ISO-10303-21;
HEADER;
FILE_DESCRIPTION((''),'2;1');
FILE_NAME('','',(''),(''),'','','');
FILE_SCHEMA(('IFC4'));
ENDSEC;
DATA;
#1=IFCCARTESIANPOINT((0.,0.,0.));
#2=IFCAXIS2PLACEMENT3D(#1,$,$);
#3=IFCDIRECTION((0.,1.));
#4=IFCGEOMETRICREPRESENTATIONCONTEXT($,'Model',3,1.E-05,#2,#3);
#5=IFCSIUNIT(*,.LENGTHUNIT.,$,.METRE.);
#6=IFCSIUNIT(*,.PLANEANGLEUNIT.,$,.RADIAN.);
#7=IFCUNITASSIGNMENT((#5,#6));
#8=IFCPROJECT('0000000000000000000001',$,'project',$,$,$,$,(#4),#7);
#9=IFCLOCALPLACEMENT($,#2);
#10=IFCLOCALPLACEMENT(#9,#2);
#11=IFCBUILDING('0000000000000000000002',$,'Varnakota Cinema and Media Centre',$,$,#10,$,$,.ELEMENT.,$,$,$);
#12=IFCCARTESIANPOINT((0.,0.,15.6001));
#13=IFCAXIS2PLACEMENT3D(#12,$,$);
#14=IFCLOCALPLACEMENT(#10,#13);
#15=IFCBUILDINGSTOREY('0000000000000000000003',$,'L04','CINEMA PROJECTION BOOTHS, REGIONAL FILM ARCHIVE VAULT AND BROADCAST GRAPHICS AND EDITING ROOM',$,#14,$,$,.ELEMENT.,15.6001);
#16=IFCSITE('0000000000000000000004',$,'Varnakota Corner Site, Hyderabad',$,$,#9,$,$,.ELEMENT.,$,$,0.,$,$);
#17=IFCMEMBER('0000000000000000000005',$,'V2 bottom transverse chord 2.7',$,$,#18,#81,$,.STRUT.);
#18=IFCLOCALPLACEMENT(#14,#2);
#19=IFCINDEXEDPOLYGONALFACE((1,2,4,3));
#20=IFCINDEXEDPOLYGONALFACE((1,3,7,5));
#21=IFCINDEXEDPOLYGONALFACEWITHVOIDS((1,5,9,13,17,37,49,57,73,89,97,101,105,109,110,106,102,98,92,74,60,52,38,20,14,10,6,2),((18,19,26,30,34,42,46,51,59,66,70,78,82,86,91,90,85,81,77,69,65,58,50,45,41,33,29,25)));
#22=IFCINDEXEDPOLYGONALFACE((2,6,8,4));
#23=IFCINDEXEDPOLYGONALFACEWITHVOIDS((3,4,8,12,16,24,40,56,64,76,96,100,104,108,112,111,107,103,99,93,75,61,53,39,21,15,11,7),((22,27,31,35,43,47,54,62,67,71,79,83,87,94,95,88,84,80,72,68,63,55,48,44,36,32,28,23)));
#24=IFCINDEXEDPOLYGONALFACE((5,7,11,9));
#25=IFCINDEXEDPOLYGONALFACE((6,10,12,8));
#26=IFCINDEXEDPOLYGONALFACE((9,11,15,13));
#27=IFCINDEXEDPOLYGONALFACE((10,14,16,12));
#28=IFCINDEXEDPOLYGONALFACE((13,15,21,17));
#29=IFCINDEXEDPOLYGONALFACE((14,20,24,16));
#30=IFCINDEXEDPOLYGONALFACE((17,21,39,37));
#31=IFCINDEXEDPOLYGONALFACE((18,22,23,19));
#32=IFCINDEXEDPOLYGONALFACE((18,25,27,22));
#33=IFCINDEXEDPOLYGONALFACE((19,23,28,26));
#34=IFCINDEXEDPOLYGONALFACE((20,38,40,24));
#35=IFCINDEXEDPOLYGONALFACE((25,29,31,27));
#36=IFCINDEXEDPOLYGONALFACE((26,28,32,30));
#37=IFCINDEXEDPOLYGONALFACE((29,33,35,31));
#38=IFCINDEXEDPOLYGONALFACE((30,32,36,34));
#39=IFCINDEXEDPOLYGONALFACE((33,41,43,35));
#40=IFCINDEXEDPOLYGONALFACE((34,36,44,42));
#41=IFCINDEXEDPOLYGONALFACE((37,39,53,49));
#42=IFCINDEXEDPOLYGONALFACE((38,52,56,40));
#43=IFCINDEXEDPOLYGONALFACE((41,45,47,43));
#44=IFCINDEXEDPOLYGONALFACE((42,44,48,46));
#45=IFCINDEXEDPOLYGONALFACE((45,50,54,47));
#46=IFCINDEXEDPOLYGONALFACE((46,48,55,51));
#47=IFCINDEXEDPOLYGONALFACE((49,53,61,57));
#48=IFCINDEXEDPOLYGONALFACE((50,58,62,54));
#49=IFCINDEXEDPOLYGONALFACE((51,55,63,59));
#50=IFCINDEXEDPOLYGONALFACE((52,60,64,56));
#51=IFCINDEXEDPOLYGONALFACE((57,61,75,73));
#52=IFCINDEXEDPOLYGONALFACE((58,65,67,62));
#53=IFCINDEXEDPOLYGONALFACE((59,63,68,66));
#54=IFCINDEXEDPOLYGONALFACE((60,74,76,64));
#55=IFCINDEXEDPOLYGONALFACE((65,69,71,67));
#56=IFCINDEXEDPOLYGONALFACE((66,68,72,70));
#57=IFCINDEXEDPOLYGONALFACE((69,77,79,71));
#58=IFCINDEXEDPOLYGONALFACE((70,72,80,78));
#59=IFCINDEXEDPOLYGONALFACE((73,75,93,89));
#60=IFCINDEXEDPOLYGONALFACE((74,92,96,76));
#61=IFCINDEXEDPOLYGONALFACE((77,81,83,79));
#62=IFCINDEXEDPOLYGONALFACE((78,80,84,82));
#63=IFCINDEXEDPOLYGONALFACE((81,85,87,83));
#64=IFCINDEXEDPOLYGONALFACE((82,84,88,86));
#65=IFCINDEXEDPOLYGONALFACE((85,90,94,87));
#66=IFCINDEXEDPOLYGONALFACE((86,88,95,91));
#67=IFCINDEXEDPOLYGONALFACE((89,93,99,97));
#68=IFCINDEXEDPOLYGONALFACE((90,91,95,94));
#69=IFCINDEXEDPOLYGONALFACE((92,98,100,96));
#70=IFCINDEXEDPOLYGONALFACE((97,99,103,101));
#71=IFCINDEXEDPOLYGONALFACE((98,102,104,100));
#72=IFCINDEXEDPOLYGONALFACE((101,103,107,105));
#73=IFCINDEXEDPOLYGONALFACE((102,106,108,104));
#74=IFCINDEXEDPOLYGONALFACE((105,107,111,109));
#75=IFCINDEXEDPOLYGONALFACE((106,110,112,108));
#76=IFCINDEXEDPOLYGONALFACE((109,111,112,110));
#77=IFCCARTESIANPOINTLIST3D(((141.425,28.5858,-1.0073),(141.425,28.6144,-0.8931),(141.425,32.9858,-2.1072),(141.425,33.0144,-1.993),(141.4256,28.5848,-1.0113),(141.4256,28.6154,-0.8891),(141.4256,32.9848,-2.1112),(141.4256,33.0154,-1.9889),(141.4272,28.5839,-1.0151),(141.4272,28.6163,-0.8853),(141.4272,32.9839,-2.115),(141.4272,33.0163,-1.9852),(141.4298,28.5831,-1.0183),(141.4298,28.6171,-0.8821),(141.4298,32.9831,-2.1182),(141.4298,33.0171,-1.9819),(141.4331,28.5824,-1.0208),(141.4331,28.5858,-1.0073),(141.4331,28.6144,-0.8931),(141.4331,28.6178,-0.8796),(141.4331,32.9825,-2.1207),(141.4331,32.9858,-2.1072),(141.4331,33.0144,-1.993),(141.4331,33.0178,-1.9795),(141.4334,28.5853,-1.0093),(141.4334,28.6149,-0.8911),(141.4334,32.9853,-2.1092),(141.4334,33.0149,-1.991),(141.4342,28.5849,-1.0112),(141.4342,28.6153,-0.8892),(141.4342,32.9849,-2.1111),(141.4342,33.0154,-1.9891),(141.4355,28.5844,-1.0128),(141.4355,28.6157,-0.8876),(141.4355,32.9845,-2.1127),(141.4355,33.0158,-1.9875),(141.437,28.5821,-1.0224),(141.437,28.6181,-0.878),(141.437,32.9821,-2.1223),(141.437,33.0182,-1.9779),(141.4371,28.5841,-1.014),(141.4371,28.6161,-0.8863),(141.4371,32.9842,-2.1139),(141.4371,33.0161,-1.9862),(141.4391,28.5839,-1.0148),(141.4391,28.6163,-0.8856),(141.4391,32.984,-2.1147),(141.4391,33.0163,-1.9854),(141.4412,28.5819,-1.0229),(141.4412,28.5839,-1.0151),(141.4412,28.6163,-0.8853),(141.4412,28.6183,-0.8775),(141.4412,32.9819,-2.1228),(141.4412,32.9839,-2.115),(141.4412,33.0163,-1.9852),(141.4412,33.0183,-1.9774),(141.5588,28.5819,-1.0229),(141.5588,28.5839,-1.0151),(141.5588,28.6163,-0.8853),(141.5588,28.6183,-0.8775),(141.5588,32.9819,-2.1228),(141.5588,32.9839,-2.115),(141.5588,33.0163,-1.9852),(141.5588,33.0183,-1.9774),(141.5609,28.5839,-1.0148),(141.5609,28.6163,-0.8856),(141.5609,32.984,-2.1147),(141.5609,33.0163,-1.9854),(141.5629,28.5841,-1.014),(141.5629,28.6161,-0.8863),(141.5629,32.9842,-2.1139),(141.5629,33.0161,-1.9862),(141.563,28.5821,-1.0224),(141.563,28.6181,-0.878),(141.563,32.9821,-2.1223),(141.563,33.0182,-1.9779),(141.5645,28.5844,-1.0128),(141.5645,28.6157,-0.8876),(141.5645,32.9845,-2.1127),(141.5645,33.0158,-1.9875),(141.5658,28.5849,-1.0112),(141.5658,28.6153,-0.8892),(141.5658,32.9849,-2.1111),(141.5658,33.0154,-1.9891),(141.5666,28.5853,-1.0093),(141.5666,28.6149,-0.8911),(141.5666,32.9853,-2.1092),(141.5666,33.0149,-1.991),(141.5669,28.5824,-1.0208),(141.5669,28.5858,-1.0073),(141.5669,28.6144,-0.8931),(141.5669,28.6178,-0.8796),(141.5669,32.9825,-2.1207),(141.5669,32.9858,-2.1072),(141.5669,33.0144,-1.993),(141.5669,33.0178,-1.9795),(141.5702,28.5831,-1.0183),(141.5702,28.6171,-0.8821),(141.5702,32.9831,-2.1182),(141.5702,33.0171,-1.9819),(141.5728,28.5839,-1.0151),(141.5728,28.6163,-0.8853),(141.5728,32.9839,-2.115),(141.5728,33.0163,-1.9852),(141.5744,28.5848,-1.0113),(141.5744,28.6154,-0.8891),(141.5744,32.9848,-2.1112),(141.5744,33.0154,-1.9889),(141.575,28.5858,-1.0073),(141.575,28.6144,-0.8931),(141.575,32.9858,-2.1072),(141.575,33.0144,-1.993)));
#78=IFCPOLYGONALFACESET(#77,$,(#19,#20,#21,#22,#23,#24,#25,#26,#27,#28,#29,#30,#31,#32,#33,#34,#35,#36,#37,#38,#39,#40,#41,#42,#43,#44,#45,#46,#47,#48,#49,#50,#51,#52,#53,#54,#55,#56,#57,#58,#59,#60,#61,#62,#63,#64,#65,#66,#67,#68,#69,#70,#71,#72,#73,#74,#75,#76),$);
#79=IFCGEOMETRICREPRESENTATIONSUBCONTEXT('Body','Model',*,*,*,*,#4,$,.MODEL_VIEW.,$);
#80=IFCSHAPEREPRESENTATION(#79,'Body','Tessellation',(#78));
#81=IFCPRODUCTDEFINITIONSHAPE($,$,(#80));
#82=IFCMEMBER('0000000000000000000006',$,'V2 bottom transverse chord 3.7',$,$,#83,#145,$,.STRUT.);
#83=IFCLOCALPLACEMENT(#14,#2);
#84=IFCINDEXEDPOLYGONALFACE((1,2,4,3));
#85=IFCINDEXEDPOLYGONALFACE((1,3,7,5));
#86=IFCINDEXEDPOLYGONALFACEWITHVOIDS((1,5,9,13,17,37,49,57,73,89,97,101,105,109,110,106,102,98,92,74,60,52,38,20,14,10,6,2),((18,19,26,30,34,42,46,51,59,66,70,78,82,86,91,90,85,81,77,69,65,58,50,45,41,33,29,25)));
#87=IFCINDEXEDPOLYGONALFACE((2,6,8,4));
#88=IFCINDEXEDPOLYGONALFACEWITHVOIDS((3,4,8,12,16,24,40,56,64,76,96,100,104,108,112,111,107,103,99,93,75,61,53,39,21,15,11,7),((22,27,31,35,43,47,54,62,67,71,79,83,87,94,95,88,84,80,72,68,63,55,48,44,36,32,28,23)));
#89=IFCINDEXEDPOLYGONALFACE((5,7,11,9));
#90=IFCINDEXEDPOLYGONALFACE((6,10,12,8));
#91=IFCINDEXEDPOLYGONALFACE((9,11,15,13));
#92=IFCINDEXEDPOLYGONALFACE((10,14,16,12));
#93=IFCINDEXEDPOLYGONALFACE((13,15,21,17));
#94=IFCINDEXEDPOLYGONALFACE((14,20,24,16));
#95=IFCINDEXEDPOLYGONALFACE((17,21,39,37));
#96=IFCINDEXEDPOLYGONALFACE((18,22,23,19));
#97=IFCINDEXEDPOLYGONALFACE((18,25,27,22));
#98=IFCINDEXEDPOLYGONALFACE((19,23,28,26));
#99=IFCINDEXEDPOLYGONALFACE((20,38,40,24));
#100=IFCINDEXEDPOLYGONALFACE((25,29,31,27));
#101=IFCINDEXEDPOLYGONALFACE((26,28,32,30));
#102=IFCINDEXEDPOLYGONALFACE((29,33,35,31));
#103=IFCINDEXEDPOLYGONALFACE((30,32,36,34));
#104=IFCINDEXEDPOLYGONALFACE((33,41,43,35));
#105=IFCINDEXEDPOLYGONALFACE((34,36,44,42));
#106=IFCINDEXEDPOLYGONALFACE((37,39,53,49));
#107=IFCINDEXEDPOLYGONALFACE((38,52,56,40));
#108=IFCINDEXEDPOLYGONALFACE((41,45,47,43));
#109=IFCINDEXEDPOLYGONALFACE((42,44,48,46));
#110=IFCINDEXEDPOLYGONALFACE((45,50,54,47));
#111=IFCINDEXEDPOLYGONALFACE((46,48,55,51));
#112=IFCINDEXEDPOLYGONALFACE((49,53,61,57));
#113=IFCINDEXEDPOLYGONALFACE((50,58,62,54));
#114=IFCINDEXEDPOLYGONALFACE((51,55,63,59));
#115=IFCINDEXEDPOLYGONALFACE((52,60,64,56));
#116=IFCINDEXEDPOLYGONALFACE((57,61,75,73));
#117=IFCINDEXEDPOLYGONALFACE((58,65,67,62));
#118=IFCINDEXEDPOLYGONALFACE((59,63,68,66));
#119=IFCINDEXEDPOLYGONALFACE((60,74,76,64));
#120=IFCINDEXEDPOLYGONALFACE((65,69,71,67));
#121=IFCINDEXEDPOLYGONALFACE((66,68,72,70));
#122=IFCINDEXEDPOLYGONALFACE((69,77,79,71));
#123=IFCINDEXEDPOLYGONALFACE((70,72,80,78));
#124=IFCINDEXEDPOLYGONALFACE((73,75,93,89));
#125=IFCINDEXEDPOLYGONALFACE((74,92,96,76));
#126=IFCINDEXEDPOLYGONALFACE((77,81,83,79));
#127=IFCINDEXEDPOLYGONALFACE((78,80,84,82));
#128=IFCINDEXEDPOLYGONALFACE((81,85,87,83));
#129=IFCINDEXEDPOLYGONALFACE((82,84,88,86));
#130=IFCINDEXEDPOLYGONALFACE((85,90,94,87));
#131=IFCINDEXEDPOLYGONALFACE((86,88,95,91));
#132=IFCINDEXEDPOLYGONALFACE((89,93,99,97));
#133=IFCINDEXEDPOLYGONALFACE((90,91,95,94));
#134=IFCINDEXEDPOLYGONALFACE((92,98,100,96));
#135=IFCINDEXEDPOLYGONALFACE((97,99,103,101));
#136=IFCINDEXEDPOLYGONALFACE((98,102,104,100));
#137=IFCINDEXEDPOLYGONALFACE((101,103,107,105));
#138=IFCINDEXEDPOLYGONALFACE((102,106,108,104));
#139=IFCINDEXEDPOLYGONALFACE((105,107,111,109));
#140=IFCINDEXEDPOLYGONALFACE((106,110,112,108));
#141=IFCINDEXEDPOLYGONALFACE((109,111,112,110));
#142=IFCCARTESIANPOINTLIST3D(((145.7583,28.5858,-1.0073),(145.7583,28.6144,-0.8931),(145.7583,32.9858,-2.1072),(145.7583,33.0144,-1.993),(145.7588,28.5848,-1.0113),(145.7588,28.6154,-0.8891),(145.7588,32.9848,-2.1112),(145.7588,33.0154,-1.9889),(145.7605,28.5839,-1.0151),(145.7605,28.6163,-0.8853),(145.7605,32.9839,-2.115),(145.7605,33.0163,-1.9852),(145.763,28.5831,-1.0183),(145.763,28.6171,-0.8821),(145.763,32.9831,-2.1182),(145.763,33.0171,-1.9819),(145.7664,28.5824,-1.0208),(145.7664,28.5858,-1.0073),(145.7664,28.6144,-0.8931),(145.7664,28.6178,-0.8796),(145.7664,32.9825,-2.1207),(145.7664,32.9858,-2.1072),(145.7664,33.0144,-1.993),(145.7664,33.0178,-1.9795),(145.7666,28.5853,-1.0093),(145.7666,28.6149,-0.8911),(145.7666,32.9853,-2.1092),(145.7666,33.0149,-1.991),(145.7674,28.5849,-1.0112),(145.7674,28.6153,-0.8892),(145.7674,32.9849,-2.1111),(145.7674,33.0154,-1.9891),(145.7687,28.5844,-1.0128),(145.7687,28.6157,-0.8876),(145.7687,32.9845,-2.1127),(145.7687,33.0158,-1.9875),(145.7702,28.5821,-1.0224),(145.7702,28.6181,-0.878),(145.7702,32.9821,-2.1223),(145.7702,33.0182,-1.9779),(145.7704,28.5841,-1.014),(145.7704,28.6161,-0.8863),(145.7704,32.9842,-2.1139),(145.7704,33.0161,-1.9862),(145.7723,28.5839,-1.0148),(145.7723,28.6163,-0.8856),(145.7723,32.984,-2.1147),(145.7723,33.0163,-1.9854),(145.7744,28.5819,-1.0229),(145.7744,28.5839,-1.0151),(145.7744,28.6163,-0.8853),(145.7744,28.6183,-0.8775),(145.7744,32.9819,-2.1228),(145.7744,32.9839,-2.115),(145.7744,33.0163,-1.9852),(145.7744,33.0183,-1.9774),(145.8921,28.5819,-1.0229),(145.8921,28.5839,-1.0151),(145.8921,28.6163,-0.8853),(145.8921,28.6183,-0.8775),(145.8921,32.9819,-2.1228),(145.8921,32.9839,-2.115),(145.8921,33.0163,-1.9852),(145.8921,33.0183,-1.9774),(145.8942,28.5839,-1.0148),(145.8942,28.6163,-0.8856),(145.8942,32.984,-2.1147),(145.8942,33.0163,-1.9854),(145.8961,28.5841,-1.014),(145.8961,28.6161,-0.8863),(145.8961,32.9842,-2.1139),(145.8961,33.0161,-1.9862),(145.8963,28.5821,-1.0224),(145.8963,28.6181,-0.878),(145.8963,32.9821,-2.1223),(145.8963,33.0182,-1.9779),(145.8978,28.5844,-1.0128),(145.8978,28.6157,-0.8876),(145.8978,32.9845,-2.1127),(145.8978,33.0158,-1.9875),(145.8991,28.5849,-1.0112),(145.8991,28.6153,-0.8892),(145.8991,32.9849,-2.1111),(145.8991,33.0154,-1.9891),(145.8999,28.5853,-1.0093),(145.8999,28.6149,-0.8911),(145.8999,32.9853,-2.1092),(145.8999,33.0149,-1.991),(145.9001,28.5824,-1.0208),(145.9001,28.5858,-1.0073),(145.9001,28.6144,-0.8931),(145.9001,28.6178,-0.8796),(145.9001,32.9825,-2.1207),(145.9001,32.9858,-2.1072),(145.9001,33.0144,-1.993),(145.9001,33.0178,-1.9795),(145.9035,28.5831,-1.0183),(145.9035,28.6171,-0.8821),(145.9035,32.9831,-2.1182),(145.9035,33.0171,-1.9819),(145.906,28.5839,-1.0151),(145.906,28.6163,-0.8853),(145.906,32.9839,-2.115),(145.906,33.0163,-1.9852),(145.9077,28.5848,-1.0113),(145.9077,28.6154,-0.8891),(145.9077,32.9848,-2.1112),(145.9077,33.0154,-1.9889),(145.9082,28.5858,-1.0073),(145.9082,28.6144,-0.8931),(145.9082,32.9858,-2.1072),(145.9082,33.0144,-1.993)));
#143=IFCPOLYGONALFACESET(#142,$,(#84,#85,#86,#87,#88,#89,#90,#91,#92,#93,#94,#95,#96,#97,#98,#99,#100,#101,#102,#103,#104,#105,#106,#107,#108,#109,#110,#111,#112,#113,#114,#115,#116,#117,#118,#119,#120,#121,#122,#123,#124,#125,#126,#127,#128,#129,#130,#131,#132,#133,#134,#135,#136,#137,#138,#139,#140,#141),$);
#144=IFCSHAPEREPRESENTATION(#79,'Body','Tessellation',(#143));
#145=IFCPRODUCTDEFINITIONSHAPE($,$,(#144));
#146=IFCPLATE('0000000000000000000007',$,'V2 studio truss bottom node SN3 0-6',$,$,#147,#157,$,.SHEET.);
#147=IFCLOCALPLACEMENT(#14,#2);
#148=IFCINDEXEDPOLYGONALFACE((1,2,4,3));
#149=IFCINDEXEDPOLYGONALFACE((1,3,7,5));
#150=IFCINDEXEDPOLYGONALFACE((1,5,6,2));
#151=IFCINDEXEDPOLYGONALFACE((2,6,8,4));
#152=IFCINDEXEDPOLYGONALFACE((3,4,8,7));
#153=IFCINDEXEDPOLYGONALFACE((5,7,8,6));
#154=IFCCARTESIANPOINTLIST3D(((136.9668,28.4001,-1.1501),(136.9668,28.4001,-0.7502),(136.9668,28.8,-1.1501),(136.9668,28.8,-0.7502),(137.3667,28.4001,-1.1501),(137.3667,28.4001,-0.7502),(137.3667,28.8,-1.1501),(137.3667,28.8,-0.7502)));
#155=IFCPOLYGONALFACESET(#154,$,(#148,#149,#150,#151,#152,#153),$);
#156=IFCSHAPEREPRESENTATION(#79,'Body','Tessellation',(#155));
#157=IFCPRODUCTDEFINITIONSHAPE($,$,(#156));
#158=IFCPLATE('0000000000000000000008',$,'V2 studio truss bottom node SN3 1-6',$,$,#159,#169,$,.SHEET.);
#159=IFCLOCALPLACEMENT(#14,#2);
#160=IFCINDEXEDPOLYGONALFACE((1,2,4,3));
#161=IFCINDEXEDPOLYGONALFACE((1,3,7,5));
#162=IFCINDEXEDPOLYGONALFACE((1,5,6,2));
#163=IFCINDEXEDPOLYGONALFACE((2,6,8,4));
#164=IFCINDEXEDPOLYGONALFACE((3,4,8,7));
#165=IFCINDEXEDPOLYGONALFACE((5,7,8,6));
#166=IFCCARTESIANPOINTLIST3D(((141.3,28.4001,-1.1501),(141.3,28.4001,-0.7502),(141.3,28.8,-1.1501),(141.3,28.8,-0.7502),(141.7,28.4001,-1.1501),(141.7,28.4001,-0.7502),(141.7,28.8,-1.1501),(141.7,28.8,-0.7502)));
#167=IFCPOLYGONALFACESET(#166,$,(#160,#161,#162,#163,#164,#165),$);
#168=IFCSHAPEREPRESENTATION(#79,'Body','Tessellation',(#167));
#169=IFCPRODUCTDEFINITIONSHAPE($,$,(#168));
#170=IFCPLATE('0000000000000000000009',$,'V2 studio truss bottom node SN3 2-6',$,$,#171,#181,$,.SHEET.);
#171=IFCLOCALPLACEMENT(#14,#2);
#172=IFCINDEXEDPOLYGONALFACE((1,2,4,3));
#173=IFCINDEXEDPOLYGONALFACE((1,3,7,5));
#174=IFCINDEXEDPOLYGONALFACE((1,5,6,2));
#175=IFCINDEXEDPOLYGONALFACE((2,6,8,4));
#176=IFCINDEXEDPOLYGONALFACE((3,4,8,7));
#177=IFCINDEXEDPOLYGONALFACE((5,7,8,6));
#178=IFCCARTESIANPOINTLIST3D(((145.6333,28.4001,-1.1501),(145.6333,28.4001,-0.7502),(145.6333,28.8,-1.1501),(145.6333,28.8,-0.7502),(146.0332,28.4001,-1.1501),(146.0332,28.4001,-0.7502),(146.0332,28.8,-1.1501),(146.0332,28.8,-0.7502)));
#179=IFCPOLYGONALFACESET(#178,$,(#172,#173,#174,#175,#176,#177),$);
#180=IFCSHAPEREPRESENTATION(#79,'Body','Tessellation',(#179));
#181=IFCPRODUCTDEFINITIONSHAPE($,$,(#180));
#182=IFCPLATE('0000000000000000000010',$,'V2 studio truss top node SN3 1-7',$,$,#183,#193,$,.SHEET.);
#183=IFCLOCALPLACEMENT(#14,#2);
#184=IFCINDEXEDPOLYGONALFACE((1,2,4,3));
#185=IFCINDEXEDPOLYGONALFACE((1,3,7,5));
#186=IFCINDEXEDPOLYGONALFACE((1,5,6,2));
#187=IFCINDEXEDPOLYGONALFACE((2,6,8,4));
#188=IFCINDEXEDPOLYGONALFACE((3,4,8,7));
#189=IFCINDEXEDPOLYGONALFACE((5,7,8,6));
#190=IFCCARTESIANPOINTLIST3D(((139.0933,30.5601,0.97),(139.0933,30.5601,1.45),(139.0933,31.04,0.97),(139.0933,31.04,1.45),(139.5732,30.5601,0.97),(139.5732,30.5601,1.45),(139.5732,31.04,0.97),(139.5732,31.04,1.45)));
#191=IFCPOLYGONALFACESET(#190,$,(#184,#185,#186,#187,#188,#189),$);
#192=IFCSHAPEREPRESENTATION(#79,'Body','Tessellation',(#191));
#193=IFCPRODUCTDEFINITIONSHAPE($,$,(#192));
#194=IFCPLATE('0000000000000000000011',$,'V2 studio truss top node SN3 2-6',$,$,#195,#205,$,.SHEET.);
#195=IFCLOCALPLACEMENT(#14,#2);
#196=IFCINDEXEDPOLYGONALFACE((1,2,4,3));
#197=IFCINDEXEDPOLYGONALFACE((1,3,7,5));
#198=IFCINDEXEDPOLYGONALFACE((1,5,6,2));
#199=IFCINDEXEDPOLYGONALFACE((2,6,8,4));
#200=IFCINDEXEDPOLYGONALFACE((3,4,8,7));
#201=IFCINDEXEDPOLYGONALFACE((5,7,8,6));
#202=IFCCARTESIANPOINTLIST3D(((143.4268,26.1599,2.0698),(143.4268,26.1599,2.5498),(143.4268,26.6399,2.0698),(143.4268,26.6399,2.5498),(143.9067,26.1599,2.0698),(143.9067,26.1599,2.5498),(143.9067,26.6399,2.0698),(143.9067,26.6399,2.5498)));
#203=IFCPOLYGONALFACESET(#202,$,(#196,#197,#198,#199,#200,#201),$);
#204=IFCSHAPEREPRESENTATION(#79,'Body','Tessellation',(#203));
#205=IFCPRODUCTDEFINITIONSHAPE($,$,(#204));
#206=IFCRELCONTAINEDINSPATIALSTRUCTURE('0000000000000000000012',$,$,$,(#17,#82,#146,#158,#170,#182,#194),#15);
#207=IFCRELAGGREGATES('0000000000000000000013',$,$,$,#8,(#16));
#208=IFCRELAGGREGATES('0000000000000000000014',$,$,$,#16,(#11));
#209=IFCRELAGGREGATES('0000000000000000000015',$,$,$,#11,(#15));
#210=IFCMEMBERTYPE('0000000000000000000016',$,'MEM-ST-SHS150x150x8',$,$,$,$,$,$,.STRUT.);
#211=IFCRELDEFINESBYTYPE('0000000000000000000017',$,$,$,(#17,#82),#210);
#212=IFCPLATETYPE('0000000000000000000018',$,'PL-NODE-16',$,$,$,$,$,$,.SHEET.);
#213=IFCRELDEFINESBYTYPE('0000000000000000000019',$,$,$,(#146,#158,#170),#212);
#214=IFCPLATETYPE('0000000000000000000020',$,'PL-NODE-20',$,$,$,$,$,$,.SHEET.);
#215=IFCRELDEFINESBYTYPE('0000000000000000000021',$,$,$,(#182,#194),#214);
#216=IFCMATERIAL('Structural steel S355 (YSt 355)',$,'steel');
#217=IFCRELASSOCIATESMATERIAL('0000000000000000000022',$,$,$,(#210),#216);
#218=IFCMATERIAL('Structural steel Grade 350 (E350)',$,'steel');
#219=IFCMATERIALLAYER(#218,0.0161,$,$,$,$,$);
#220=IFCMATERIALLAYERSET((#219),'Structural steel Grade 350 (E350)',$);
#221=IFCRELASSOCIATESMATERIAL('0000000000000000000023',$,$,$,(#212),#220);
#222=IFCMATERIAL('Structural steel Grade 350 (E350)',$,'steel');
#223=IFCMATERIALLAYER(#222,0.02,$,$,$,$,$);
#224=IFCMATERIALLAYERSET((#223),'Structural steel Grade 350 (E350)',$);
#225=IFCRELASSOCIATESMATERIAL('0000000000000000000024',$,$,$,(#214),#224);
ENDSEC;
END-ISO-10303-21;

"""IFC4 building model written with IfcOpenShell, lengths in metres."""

from ifc_helpers import new_model, si_unit, direction, frame, origin, origin_2d, place, context, subcontext, project, spatial, rectangle, hollow_rectangle, extrude, material, layer, layer_set, material_profile, profile_set, type_object, element, save


model = new_model("IFC4")

# Units and contexts
model_context = context("Model", 3, precision=1e-05, world=origin(), true_north=direction((0.0, 1.0)))
body_context = subcontext(model_context, "Body", "Model", "MODEL_VIEW")
ifc_project = project(units=[si_unit("LENGTHUNIT", "METRE"), si_unit("PLANEANGLEUNIT", "RADIAN")], contexts=[model_context])

# Site, building, storey
site_placement = place(None, origin())
site = spatial("IfcSite", under=ifc_project, at=site_placement, Name="Varnakota Corner Site, Hyderabad", CompositionType="ELEMENT", RefElevation=0.0)
building_placement = place(site_placement, origin())
building = spatial("IfcBuilding", under=site, at=building_placement, Name="Varnakota Cinema and Media Centre", CompositionType="ELEMENT")
storey_placement = place(building_placement, frame((0.0, 0.0, 15.6001)))
storey = spatial("IfcBuildingStorey", under=building, at=storey_placement, Name="L04", Description="CINEMA PROJECTION BOOTHS, REGIONAL FILM ARCHIVE VAULT AND BROADCAST GRAPHICS AND EDITING ROOM", CompositionType="ELEMENT", Elevation=15.6001)

# Members
ifc_material_1 = material(Name="Structural steel S355 (YSt 355)", Category="steel")
ifc_material_profile_1 = material_profile(ifc_material_1, hollow_rectangle(XDim=0.1499, YDim=0.1499, WallThickness=0.0081, InnerFilletRadius=0.0081, OuterFilletRadius=0.0161, at=origin_2d()), Name="SHS 150x150x8")
ifc_profile_set_1 = profile_set([ifc_material_profile_1], Name="Structural steel S355 (YSt 355)")
member_type_1 = type_object("IfcMemberType", Name="MEM-ST-SHS150x150x8", PredefinedType="STRUT", material=ifc_profile_set_1)
for number, where, z_axis, x_axis, name in (
    (1, (141.5, 28.6001, -0.9502), (0.0, 0.970149, -0.24251), (-1.0, 0.0, 0.0), "V2 bottom transverse chord 2.7"),
    (2, (145.8333, 28.6001, -0.9502), (0.0, 0.970149, -0.24251), (-1.0, 0.0, 0.0), "V2 bottom transverse chord 3.7"),
):
    element("IfcMember", number, at=place(storey_placement, frame(where, z_axis=z_axis, x_axis=x_axis)), inside=storey, type_object=member_type_1, Name=name, PredefinedType="STRUT", context=body_context, shape_type="SweptSolid", body=[
        extrude(hollow_rectangle(XDim=0.1499, YDim=0.1499, WallThickness=0.0081, InnerFilletRadius=0.0081, OuterFilletRadius=0.0161, at=origin_2d()), origin(), (0.0, 0.0, 1.0), 4.5354),
    ])

# Plates
ifc_material_2 = material(Name="Structural steel Grade 350 (E350)", Category="steel")
ifc_layer_1 = layer(ifc_material_2, 0.0161)
ifc_layer_set_1 = layer_set([ifc_layer_1], Name="Structural steel Grade 350 (E350)")
plate_type_1 = type_object("IfcPlateType", Name="PL-NODE-16", PredefinedType="SHEET", material=ifc_layer_set_1)
for number, where, z_axis, x_axis, name in (
    (3, (137.1667, 28.6001, -1.1501), (0.0, 0.0, 1.0), (1.0, 0.0, 0.0), "V2 studio truss bottom node SN3 0-6"),
    (4, (141.5, 28.6001, -1.1501), (0.0, 0.0, 1.0), (1.0, 0.0, 0.0), "V2 studio truss bottom node SN3 1-6"),
    (5, (145.8333, 28.6001, -1.1501), (0.0, 0.0, 1.0), (1.0, 0.0, 0.0), "V2 studio truss bottom node SN3 2-6"),
):
    element("IfcPlate", number, at=place(storey_placement, frame(where, z_axis=z_axis, x_axis=x_axis)), inside=storey, type_object=plate_type_1, Name=name, PredefinedType="SHEET", context=body_context, shape_type="SweptSolid", body=[
        extrude(rectangle(XDim=0.3999, YDim=0.3999, at=origin_2d()), origin(), (0.0, 0.0, 1.0), 0.3999),
    ])
ifc_material_3 = material(Name="Structural steel Grade 350 (E350)", Category="steel")
ifc_layer_2 = layer(ifc_material_3, 0.02)
ifc_layer_set_2 = layer_set([ifc_layer_2], Name="Structural steel Grade 350 (E350)")
plate_type_2 = type_object("IfcPlateType", Name="PL-NODE-20", PredefinedType="SHEET", material=ifc_layer_set_2)
for number, where, z_axis, x_axis, name in (
    (6, (139.3333, 30.8, 0.97), (0.0, 0.0, 1.0), (1.0, 0.0, 0.0), "V2 studio truss top node SN3 1-7"),
    (7, (143.6667, 26.3999, 2.0698), (0.0, 0.0, 1.0), (1.0, 0.0, 0.0), "V2 studio truss top node SN3 2-6"),
):
    element("IfcPlate", number, at=place(storey_placement, frame(where, z_axis=z_axis, x_axis=x_axis)), inside=storey, type_object=plate_type_2, Name=name, PredefinedType="SHEET", context=body_context, shape_type="SweptSolid", body=[
        extrude(rectangle(XDim=0.48, YDim=0.48, at=origin_2d()), origin(), (0.0, 0.0, 1.0), 0.48),
    ])

save(model, "model.ifc")
